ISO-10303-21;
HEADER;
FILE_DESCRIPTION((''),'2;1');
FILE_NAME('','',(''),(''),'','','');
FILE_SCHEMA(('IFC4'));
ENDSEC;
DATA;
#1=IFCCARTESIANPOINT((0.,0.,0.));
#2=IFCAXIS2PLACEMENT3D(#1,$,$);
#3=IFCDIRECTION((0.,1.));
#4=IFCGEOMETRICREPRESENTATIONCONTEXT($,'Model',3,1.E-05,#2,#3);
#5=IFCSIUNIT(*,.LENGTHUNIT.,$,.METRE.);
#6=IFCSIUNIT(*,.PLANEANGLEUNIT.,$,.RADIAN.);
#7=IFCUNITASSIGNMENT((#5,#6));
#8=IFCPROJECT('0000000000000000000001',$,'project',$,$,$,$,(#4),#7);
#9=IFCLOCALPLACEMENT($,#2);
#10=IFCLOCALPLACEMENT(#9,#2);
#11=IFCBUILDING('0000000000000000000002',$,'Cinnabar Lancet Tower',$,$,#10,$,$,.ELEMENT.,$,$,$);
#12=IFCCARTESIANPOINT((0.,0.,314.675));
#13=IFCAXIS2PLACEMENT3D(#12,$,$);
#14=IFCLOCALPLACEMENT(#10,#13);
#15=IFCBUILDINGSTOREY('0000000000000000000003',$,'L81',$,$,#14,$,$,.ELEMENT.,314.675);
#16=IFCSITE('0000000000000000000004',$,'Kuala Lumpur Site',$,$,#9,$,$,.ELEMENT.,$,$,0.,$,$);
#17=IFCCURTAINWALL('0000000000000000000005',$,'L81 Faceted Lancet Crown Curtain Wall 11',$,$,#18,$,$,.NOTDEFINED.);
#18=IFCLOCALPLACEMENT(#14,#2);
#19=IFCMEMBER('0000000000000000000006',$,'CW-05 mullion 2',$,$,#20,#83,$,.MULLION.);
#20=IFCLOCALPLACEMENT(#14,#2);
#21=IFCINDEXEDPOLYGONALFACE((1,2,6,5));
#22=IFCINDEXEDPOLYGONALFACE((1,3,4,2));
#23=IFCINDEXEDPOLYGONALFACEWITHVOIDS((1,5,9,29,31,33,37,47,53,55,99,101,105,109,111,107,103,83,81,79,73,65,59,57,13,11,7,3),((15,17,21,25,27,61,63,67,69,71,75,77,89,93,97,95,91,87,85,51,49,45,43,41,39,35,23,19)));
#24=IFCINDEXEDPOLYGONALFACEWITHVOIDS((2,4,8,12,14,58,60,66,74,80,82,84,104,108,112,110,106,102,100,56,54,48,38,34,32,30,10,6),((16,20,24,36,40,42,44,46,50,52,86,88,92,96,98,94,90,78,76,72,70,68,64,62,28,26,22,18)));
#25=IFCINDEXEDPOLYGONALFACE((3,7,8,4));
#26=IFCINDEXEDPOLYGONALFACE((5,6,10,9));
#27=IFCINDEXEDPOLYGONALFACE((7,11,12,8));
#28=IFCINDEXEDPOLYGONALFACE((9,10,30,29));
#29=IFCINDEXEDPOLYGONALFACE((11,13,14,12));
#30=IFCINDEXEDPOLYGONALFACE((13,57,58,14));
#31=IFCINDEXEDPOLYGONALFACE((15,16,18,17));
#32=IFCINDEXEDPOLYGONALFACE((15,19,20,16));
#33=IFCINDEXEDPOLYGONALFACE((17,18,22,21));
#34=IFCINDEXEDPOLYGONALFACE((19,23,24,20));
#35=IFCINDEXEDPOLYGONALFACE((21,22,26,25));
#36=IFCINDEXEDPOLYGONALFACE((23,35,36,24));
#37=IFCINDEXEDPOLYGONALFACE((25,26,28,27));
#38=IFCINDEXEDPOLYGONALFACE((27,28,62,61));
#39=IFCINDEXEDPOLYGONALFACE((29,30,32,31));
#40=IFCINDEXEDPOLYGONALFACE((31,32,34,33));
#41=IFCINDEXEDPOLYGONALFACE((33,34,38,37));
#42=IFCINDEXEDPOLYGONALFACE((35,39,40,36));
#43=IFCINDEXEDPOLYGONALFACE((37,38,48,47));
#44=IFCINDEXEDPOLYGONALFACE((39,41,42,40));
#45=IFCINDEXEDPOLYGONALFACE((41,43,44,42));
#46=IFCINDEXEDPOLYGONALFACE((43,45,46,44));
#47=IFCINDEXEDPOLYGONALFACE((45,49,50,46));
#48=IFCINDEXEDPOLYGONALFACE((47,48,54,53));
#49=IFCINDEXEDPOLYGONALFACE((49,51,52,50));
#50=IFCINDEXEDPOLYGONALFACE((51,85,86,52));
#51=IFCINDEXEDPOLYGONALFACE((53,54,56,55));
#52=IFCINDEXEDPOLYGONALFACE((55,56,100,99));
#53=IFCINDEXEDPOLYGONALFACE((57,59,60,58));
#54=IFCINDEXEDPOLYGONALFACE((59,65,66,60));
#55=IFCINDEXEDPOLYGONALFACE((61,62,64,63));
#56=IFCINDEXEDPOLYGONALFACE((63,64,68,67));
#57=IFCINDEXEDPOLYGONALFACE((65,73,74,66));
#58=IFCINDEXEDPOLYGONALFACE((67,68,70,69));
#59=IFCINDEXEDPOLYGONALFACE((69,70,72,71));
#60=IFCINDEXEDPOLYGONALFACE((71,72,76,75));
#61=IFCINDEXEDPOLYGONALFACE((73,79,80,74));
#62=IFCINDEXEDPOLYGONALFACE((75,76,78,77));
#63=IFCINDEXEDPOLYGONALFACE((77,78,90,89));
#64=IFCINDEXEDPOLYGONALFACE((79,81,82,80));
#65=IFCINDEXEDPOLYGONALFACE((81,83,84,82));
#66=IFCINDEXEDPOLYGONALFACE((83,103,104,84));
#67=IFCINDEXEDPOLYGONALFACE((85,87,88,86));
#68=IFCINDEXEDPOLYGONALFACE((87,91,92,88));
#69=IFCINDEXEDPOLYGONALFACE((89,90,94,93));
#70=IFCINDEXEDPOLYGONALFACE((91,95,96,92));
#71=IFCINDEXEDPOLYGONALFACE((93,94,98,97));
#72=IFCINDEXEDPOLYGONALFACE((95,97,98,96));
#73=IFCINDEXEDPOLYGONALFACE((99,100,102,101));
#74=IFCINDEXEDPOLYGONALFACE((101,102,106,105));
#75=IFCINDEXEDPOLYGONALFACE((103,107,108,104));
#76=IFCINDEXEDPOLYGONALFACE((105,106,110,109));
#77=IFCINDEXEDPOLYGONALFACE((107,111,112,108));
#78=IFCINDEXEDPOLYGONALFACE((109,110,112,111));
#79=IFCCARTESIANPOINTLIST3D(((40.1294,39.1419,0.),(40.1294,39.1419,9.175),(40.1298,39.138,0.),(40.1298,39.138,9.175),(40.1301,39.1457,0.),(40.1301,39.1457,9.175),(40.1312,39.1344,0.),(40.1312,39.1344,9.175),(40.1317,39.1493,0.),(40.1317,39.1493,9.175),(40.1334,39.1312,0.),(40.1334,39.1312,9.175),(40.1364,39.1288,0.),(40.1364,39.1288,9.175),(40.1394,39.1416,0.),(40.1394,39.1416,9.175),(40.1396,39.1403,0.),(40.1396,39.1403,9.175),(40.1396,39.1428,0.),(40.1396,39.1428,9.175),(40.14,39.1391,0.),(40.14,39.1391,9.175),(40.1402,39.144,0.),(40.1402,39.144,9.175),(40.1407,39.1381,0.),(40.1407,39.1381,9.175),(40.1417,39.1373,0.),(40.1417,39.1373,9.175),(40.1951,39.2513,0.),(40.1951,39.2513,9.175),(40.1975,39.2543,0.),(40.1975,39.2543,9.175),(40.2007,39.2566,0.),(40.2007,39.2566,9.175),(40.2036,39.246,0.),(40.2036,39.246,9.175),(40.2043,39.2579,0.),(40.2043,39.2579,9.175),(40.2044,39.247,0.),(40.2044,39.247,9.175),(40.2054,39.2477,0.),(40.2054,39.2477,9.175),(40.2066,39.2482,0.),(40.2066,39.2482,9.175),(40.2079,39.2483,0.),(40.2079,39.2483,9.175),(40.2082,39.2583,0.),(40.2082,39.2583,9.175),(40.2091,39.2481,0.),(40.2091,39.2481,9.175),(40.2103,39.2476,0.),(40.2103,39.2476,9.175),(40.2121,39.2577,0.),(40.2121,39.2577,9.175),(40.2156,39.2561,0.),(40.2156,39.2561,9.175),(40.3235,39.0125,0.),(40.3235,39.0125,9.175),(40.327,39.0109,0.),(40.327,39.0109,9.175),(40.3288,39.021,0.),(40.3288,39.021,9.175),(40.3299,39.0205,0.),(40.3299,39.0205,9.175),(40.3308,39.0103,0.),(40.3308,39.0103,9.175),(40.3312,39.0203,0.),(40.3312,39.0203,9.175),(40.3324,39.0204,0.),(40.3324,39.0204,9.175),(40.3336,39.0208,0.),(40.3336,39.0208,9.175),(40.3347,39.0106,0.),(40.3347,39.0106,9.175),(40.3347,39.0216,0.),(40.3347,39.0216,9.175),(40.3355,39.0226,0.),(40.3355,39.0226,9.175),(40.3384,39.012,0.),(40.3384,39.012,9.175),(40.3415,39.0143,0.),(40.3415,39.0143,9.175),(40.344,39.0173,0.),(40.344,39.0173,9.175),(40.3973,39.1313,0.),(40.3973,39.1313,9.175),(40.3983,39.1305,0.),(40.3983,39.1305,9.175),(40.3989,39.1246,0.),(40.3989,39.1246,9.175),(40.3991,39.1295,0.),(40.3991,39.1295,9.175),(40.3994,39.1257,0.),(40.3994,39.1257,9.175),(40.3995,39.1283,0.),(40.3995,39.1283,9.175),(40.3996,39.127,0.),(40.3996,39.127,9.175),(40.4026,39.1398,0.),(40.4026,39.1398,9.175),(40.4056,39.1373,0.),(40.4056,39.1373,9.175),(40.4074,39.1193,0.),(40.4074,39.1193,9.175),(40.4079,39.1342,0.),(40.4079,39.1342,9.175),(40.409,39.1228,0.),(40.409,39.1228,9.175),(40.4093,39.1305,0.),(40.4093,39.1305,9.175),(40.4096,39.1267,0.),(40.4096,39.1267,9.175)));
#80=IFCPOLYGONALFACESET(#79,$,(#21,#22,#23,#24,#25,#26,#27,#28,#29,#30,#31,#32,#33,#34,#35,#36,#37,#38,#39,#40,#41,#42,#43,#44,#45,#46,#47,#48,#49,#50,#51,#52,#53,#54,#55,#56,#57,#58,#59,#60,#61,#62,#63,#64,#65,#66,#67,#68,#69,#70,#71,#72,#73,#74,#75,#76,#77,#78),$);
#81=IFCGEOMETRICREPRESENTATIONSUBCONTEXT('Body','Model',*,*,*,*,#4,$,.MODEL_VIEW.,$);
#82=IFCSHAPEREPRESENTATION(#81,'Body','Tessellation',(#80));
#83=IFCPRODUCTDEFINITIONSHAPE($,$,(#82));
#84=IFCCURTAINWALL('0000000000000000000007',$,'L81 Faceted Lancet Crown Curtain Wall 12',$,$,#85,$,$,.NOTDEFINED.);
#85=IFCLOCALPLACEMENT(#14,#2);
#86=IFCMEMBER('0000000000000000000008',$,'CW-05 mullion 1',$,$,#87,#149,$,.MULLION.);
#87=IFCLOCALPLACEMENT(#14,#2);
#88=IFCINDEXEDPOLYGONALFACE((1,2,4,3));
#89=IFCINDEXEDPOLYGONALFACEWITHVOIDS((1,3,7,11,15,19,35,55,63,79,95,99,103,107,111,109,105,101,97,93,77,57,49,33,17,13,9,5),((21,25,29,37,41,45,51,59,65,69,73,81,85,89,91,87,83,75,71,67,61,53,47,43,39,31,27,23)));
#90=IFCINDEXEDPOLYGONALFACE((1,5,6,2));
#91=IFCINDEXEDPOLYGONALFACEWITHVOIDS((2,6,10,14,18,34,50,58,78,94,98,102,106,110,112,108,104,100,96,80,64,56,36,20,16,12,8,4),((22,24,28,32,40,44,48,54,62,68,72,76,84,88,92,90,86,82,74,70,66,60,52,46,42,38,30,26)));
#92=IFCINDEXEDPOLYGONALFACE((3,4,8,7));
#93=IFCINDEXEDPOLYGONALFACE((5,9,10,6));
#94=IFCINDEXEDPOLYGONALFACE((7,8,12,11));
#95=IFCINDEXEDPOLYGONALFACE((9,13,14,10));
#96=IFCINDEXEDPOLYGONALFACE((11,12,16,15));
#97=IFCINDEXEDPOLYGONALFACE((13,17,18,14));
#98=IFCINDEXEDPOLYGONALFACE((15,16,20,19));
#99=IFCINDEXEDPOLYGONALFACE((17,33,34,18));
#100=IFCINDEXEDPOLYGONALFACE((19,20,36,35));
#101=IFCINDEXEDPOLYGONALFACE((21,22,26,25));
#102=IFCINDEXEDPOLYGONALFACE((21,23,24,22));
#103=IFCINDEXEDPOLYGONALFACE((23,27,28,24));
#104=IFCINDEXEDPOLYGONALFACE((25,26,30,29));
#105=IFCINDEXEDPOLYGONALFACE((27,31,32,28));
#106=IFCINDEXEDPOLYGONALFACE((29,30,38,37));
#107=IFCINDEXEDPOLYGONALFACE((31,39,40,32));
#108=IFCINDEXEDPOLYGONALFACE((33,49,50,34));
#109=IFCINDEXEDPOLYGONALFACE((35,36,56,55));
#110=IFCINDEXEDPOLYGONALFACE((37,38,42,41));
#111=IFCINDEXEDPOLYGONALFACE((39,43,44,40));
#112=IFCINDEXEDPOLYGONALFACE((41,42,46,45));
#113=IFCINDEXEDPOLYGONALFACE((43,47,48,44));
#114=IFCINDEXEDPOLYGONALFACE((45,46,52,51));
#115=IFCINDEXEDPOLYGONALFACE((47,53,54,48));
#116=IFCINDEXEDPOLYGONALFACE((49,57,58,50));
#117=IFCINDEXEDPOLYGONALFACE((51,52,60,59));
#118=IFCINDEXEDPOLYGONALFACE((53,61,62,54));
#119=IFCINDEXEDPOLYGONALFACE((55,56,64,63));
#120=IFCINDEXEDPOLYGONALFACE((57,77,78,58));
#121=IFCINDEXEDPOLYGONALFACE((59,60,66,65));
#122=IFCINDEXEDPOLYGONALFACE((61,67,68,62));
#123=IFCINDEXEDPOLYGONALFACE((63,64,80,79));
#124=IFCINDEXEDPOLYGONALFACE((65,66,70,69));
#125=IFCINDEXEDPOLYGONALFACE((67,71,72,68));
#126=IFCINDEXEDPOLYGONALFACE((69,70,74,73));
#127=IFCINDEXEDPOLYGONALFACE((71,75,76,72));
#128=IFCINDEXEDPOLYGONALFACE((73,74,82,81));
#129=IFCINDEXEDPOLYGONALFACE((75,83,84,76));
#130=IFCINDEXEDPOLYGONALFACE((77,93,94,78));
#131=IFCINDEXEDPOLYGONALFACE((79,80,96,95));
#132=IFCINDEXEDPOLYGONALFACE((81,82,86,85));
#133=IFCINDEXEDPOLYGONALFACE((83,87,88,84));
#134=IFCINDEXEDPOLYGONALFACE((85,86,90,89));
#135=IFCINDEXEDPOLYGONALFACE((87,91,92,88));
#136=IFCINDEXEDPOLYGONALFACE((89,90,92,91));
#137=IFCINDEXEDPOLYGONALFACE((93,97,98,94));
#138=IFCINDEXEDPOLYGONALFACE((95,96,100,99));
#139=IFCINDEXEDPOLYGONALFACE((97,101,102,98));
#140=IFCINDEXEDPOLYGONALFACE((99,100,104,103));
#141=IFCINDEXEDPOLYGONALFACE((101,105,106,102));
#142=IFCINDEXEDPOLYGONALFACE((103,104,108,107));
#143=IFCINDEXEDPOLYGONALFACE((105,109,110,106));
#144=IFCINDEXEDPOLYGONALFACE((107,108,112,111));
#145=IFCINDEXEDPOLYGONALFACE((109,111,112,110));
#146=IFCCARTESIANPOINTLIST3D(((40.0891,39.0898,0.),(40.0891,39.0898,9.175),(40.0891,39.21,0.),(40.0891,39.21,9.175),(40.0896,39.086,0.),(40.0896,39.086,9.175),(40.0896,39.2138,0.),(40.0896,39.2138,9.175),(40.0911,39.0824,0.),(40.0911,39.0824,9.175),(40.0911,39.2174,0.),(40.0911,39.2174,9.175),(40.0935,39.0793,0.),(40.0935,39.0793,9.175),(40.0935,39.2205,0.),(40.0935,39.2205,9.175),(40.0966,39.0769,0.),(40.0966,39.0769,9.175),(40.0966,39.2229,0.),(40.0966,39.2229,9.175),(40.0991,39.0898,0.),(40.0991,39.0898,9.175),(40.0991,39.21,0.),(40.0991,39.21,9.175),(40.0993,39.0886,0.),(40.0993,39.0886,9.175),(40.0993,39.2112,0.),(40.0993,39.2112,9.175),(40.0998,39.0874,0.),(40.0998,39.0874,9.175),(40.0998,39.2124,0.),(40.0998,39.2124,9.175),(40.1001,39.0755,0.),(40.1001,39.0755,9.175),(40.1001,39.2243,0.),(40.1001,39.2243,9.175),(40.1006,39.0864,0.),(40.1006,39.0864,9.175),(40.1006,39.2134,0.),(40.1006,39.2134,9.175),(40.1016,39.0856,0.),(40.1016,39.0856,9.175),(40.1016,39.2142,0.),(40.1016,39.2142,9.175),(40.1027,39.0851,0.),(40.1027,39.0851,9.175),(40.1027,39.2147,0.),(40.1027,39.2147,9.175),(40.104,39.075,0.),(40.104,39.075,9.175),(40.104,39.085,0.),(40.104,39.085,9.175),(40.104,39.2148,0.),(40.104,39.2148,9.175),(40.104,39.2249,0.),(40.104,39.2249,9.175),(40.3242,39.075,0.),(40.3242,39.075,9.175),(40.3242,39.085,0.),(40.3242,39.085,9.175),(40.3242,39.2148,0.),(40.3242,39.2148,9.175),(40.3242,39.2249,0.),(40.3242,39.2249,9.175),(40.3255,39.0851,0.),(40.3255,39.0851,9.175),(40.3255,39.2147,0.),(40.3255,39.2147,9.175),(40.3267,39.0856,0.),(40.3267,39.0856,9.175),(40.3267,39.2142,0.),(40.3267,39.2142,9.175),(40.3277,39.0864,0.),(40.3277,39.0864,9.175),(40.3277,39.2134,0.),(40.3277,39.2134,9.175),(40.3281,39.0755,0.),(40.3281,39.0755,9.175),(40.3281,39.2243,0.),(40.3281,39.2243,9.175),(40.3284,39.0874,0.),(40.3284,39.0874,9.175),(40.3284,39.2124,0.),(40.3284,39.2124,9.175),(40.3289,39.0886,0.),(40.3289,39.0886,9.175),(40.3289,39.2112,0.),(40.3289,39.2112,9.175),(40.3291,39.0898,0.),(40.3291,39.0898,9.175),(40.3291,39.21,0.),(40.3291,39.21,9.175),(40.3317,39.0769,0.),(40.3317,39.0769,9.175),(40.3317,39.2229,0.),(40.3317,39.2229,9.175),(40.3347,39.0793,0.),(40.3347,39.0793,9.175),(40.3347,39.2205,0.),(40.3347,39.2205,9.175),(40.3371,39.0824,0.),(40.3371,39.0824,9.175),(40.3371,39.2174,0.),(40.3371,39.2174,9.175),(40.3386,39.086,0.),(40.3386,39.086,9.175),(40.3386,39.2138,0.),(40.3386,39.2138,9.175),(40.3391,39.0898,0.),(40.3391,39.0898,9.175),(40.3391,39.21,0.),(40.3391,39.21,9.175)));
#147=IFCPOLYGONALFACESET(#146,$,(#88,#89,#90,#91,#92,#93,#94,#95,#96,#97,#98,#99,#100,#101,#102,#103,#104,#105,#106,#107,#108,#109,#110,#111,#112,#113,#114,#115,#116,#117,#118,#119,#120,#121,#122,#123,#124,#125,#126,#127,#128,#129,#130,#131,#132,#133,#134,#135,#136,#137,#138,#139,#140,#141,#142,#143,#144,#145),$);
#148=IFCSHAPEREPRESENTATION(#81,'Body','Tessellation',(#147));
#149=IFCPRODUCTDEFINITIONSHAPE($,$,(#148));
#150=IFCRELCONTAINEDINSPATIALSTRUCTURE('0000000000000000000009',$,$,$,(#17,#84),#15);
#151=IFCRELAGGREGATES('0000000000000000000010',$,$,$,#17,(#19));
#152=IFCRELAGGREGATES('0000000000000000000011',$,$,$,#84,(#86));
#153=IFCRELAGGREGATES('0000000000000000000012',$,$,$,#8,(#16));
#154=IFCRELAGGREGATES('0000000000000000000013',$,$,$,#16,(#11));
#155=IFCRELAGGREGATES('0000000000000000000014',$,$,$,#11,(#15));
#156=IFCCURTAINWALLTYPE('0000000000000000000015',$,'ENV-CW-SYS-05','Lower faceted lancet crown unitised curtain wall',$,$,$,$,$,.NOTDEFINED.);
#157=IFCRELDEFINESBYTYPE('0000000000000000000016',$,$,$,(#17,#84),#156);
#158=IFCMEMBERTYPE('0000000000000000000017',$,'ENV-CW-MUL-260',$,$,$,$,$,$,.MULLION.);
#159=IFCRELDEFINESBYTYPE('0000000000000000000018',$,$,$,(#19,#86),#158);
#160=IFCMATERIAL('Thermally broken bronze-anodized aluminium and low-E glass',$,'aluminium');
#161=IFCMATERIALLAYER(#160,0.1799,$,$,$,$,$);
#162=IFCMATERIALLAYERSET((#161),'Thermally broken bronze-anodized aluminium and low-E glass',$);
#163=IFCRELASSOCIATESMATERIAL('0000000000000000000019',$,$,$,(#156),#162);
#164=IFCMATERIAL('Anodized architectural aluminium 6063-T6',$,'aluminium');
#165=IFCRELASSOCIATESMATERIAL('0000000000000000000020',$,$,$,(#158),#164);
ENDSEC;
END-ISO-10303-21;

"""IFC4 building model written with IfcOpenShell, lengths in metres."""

from ifc_helpers import new_model, si_unit, direction, frame, origin, origin_2d, place, context, subcontext, project, spatial, hollow_rectangle, extrude, material, layer, layer_set, material_profile, profile_set, type_object, element, aggregate, save


model = new_model("IFC4")

# Units and contexts
model_context = context("Model", 3, precision=1e-05, world=origin(), true_north=direction((0.0, 1.0)))
body_context = subcontext(model_context, "Body", "Model", "MODEL_VIEW")
ifc_project = project(units=[si_unit("LENGTHUNIT", "METRE"), si_unit("PLANEANGLEUNIT", "RADIAN")], contexts=[model_context])

# Site, building, storey
site_placement = place(None, origin())
site = spatial("IfcSite", under=ifc_project, at=site_placement, Name="Kuala Lumpur Site", CompositionType="ELEMENT", RefElevation=0.0)
building_placement = place(site_placement, origin())
building = spatial("IfcBuilding", under=site, at=building_placement, Name="Cinnabar Lancet Tower", CompositionType="ELEMENT")
storey_placement = place(building_placement, frame((0.0, 0.0, 314.675)))
storey = spatial("IfcBuildingStorey", under=building, at=storey_placement, Name="L81", CompositionType="ELEMENT", Elevation=314.675)

# Curtain wall, member
ifc_material_1 = material(Name="Thermally broken bronze-anodized aluminium and low-E glass", Category="aluminium")
ifc_layer_1 = layer(ifc_material_1, 0.1799)
ifc_layer_set_1 = layer_set([ifc_layer_1], Name="Thermally broken bronze-anodized aluminium and low-E glass")
curtain_wall_type = type_object("IfcCurtainWallType", Name="ENV-CW-SYS-05", Description="Lower faceted lancet crown unitised curtain wall", PredefinedType="NOTDEFINED", material=ifc_layer_set_1)
curtain_wall_1_placement = place(storey_placement, origin())
curtain_wall_1 = element("IfcCurtainWall", 1, at=curtain_wall_1_placement, inside=storey, type_object=curtain_wall_type, Name="L81 Faceted Lancet Crown Curtain Wall 11", PredefinedType="NOTDEFINED")
ifc_material_2 = material(Name="Anodized architectural aluminium 6063-T6", Category="aluminium")
ifc_material_profile_1 = material_profile(ifc_material_2, hollow_rectangle(XDim=0.1499, YDim=0.25, WallThickness=0.01, InnerFilletRadius=0.0049, OuterFilletRadius=0.0149, at=origin_2d()), Name="RHS 250x150x10")
ifc_profile_set_1 = profile_set([ifc_material_profile_1], Name="Anodized architectural aluminium 6063-T6")
member_type_1 = type_object("IfcMemberType", Name="ENV-CW-MUL-260", PredefinedType="MULLION", material=ifc_profile_set_1)
member_1_placement = place(storey_placement, frame((40.2695, 39.1343, 0.0), z_axis=(0.0, 0.0, 1.0), x_axis=(-0.527976, -0.849259, 0.0)))
member_1 = element("IfcMember", 2, at=member_1_placement, type_object=member_type_1, Name="CW-05 mullion 2", PredefinedType="MULLION", context=body_context, shape_type="SweptSolid", body=[
    extrude(hollow_rectangle(XDim=0.1499, YDim=0.25, WallThickness=0.01, InnerFilletRadius=0.0049, OuterFilletRadius=0.0149, at=origin_2d()), origin(), (0.0, 0.0, 1.0), 9.175),
])

# Curtain wall, member
curtain_wall_2_placement = place(storey_placement, origin())
curtain_wall_2 = element("IfcCurtainWall", 3, at=curtain_wall_2_placement, inside=storey, type_object=curtain_wall_type, Name="L81 Faceted Lancet Crown Curtain Wall 12", PredefinedType="NOTDEFINED")
member_2_placement = place(storey_placement, frame((40.2141, 39.1499, 0.0), z_axis=(0.0, 0.0, 1.0), x_axis=(0.0, -1.0, 0.0)))
member_2 = element("IfcMember", 4, at=member_2_placement, type_object=member_type_1, Name="CW-05 mullion 1", PredefinedType="MULLION", context=body_context, shape_type="SweptSolid", body=[
    extrude(hollow_rectangle(XDim=0.1499, YDim=0.25, WallThickness=0.01, InnerFilletRadius=0.0049, OuterFilletRadius=0.0149, at=origin_2d()), origin(), (0.0, 0.0, 1.0), 9.175),
])

aggregate(curtain_wall_1, [member_1])
aggregate(curtain_wall_2, [member_2])

save(model, "model.ifc")
